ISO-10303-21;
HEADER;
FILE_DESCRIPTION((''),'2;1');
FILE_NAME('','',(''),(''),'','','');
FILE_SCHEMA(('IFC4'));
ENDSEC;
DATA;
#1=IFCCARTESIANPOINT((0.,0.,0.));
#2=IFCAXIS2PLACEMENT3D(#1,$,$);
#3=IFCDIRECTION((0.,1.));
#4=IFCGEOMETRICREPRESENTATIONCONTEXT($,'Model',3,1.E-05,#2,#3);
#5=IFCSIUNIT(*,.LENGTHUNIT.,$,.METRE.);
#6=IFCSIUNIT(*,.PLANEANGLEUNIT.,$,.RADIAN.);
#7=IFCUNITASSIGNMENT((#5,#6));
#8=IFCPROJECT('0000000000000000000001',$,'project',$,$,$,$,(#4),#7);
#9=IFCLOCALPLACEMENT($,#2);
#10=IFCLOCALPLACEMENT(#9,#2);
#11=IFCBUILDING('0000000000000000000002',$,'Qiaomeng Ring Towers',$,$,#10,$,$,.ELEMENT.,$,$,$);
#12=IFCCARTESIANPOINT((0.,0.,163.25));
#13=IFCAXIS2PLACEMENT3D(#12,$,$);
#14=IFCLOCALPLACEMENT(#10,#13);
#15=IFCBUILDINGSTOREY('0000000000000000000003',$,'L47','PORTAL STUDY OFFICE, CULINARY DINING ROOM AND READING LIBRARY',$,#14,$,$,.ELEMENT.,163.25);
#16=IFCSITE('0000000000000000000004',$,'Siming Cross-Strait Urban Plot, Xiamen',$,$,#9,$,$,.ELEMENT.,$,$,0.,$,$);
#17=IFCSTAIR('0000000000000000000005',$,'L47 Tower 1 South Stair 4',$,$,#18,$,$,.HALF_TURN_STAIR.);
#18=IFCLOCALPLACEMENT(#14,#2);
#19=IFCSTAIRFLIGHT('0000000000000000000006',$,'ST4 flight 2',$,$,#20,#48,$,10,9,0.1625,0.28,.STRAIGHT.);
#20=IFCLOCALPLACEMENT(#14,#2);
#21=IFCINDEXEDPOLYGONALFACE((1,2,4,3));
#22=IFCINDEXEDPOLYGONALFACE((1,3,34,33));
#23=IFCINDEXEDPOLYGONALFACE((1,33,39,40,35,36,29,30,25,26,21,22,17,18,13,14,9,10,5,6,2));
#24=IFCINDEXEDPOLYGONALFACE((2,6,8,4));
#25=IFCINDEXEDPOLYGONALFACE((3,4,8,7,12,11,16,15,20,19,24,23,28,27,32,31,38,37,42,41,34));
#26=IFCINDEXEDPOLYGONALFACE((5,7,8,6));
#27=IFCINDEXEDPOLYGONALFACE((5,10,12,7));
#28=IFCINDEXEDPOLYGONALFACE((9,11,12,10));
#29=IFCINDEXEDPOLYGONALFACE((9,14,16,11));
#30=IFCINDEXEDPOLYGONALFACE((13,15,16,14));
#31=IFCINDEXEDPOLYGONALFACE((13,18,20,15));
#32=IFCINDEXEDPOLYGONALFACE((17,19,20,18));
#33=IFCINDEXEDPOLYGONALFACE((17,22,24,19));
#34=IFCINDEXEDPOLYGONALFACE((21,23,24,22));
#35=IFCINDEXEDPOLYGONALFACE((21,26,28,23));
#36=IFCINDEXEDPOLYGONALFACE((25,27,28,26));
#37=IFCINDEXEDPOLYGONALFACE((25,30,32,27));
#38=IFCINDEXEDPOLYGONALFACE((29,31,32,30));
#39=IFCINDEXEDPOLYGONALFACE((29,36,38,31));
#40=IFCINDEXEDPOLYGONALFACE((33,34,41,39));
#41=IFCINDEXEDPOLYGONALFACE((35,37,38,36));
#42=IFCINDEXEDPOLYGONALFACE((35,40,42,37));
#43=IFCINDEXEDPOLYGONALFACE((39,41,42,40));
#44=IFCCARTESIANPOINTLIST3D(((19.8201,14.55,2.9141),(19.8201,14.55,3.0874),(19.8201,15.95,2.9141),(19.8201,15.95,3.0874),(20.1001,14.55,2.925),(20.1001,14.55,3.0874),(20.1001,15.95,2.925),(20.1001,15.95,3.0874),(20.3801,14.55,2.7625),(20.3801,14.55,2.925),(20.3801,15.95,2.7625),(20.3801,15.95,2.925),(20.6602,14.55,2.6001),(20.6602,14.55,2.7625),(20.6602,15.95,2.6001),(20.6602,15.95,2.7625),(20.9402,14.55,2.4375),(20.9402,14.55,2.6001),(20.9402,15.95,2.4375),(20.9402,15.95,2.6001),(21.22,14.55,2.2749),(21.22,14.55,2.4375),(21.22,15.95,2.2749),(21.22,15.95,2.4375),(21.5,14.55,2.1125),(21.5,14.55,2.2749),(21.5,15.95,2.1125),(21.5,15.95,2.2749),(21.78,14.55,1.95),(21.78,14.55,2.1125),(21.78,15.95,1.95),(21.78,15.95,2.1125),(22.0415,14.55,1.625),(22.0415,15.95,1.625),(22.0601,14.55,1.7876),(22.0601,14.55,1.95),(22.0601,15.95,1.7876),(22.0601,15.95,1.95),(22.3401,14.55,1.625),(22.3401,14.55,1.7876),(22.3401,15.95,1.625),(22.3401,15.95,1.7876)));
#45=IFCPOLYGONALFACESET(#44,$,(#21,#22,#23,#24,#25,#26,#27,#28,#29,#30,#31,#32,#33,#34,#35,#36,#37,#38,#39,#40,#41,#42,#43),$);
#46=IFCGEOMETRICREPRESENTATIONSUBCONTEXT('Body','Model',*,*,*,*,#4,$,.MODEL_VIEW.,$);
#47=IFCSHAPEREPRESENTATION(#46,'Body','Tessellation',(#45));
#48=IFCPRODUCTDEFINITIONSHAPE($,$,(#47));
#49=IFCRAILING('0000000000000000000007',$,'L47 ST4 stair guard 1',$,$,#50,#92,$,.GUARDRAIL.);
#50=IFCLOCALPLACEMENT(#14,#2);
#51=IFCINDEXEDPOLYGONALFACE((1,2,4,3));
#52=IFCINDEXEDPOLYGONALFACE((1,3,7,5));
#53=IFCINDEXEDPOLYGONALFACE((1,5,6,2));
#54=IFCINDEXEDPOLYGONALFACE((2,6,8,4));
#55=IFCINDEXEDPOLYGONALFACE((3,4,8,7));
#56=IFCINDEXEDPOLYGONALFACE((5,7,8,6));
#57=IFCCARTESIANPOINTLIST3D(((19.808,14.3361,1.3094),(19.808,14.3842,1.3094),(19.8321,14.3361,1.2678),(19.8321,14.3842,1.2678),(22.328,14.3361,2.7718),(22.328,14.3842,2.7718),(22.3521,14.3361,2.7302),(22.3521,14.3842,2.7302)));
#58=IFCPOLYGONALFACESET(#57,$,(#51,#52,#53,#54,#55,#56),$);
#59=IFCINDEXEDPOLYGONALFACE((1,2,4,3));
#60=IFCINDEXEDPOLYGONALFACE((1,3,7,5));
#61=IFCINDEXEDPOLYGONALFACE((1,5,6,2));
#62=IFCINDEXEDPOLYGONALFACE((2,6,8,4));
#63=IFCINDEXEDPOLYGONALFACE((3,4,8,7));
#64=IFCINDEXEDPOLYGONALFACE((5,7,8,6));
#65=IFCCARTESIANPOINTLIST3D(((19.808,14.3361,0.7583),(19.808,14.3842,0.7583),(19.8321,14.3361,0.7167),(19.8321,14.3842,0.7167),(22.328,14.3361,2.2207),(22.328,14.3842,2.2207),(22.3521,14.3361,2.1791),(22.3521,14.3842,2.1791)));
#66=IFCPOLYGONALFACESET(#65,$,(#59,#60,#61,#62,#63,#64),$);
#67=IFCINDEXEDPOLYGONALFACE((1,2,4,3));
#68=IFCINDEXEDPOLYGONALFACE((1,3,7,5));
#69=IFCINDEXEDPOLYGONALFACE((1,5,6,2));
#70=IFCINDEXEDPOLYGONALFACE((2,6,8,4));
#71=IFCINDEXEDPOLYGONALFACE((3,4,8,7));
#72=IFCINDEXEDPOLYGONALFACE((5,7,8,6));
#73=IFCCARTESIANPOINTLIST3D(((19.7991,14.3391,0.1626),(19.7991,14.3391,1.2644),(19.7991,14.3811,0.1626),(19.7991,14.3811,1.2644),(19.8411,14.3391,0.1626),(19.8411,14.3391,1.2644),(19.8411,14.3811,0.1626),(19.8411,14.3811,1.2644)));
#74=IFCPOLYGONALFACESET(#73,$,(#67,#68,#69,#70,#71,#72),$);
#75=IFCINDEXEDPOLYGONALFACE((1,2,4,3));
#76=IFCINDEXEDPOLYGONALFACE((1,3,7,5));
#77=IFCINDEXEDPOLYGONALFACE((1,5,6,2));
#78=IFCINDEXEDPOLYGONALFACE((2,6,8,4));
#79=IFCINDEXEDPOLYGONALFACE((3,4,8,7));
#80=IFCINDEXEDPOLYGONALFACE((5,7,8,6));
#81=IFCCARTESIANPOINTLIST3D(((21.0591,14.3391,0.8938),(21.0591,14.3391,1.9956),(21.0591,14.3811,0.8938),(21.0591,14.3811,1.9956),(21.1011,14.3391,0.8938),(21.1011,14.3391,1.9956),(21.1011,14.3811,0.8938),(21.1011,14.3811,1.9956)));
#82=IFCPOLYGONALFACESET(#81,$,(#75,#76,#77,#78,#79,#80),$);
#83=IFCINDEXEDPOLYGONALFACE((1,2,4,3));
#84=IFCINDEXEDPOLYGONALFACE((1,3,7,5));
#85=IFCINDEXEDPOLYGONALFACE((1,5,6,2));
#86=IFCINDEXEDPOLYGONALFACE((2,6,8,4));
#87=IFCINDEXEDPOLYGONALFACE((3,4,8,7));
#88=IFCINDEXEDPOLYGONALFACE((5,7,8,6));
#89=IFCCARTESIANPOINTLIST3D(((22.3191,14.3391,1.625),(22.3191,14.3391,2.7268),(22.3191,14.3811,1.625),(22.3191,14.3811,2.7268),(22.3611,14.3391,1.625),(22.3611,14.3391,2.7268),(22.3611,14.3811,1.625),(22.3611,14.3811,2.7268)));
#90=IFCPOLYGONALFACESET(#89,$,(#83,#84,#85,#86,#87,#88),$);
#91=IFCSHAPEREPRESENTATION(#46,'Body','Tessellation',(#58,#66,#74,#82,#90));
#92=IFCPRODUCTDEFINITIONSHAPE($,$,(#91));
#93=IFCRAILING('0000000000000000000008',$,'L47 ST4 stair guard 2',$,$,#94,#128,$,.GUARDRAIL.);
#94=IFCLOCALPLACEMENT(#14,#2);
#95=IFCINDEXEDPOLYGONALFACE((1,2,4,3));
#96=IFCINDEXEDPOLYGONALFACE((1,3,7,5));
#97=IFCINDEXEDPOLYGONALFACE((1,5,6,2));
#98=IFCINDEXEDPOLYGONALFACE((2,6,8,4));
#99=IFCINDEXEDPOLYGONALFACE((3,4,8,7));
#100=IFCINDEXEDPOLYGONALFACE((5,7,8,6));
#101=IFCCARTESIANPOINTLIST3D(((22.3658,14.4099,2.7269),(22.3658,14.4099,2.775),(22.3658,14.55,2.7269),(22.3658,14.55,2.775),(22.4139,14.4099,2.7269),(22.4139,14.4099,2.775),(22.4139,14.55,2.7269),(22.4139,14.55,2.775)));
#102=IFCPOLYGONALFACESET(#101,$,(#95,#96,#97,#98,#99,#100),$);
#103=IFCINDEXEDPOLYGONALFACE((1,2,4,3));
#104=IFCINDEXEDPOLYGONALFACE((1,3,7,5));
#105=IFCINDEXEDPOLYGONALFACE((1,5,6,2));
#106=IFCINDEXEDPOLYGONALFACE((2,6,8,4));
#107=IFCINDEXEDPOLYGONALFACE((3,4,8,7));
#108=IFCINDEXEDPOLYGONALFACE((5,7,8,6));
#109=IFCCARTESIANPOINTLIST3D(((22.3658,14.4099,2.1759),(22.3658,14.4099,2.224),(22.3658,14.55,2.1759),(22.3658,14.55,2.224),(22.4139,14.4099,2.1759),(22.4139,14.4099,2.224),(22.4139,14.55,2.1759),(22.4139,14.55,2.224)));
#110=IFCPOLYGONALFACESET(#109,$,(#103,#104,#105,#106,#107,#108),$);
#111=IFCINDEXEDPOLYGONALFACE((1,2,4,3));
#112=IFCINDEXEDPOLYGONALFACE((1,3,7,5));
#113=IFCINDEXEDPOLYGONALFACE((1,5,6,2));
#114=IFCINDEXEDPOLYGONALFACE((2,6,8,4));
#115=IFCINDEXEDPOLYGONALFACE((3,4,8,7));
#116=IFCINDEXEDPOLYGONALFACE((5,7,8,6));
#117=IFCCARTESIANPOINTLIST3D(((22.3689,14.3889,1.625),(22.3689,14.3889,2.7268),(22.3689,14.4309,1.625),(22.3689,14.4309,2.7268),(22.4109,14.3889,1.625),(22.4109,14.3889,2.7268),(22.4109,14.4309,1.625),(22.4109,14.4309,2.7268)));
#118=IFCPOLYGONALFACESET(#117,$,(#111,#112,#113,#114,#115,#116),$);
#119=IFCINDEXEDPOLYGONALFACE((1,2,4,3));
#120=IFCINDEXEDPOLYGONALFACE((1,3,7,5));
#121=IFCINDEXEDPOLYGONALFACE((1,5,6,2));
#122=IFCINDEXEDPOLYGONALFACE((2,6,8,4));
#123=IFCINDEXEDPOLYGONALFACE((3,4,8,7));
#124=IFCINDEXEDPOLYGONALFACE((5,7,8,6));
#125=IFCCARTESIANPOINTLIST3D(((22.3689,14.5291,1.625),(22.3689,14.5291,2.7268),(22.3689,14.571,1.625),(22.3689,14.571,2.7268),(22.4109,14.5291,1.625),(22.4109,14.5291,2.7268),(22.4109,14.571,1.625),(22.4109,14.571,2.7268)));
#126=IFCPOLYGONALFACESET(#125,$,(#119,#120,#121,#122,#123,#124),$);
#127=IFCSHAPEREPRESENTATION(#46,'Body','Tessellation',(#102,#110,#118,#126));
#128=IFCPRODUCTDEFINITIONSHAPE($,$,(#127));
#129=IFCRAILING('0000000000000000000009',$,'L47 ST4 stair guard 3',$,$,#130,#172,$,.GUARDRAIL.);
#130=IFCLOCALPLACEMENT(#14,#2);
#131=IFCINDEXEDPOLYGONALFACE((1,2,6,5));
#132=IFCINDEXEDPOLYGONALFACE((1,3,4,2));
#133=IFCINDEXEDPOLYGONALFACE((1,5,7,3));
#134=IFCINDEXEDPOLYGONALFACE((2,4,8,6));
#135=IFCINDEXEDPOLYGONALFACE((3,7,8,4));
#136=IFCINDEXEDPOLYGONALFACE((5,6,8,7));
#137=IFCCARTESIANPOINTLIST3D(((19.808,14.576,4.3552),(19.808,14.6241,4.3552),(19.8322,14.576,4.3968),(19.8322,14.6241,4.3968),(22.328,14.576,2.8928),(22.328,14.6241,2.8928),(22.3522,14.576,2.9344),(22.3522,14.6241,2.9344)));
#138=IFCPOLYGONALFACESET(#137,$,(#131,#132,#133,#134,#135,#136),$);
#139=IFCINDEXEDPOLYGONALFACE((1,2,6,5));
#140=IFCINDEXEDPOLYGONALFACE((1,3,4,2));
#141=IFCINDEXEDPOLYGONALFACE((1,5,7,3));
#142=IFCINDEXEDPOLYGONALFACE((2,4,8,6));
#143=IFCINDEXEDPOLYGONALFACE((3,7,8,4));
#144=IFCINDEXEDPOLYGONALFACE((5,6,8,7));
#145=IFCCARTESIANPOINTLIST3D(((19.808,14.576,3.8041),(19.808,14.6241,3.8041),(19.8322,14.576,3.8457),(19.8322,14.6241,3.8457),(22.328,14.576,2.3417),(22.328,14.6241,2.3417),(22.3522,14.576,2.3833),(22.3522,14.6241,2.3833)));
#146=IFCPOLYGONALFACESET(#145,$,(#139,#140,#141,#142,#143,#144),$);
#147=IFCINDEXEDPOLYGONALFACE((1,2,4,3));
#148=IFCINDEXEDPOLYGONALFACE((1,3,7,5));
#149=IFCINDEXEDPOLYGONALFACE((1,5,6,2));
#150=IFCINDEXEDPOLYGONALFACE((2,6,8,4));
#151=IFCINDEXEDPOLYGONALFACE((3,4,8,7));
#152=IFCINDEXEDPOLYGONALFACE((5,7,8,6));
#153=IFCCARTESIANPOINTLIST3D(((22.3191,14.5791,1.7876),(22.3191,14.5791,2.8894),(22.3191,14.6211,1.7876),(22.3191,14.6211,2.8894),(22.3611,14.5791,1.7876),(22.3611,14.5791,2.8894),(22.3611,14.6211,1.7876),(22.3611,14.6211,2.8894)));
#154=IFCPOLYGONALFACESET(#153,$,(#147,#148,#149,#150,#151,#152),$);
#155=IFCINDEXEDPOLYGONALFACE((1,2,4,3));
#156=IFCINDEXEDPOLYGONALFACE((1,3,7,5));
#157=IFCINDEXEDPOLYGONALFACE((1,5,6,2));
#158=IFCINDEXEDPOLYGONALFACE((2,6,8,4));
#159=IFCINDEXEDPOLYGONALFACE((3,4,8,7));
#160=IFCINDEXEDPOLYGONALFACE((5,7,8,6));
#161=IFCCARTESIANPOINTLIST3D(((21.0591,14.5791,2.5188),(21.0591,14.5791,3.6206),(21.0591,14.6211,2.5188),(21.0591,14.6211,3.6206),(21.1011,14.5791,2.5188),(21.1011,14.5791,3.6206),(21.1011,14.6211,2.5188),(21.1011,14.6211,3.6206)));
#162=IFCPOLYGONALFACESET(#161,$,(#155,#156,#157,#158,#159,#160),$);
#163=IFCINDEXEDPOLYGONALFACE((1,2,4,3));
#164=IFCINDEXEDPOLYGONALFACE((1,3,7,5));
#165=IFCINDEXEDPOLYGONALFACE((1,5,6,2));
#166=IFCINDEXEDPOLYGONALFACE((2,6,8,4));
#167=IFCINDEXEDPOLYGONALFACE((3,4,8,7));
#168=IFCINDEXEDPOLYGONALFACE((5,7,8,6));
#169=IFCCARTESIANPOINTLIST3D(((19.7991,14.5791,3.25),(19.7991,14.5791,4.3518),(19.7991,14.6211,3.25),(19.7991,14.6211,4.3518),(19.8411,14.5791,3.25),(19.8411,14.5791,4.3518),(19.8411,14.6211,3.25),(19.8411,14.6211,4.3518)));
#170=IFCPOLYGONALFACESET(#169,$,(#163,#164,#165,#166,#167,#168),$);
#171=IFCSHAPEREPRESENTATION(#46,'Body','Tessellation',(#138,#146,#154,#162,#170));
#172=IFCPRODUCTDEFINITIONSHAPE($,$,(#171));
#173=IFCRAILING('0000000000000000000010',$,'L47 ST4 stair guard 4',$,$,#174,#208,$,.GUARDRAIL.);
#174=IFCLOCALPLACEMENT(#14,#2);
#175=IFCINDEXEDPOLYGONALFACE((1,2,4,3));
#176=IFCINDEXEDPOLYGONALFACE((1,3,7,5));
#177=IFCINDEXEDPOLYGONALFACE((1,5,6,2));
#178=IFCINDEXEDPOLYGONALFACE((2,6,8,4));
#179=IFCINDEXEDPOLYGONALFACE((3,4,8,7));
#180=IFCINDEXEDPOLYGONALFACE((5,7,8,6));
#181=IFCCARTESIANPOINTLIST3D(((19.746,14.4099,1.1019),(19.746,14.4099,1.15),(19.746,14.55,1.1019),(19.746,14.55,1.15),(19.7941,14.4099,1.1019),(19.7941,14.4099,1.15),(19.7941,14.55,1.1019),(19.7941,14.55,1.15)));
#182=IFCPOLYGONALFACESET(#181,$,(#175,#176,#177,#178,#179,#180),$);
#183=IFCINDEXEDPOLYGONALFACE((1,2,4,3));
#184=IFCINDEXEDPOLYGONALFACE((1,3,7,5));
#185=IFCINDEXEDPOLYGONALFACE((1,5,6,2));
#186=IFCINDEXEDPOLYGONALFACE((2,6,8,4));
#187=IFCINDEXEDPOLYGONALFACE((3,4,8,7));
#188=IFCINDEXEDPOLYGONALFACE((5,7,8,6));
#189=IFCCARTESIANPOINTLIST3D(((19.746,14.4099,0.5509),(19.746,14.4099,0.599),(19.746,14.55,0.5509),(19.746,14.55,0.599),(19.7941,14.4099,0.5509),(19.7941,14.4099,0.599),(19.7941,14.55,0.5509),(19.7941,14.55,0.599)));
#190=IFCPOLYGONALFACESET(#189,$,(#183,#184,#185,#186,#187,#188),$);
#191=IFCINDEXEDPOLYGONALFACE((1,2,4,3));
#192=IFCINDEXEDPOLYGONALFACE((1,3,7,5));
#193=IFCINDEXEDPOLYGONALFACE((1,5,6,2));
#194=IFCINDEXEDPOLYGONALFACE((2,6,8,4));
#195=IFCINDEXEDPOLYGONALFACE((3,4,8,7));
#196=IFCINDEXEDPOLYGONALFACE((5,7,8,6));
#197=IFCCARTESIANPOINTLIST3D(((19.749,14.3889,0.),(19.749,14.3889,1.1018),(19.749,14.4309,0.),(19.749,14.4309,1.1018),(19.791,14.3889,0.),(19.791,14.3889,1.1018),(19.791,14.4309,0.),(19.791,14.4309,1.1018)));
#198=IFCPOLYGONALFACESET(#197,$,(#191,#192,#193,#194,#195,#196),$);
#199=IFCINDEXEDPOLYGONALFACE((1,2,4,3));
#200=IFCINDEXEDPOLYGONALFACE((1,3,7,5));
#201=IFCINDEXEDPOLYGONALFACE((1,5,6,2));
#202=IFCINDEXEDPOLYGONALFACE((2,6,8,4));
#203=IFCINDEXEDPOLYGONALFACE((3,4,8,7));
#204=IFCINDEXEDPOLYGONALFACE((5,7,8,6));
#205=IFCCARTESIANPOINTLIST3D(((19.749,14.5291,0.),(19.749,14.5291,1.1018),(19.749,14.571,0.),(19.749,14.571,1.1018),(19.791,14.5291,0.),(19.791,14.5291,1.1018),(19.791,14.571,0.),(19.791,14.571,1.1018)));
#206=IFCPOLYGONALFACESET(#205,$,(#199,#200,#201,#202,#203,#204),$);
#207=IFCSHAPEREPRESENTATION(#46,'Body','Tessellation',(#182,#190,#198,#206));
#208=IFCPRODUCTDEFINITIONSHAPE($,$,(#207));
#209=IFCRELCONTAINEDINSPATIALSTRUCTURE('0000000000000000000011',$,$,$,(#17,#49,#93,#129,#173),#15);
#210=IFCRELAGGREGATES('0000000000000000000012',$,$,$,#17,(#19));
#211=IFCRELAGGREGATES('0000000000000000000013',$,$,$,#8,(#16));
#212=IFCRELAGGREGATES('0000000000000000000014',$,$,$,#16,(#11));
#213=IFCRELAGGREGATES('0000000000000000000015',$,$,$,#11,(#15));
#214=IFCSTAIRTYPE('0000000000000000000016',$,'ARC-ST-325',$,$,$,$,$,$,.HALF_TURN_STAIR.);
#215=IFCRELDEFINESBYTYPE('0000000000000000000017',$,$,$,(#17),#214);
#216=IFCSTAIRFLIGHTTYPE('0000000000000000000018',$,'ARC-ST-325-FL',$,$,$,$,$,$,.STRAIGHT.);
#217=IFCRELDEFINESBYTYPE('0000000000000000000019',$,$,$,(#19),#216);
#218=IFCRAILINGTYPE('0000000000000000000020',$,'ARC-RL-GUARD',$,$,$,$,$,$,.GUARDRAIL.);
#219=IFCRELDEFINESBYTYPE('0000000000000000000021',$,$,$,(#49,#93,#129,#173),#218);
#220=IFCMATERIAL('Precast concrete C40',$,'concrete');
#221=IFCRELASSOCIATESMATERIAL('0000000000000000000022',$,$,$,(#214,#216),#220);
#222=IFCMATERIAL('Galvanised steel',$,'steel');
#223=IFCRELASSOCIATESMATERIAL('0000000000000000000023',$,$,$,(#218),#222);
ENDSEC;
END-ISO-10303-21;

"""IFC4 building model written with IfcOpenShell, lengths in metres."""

from ifc_helpers import new_model, si_unit, direction, frame, origin, origin_2d, place, context, subcontext, project, spatial, polyline, rectangle, outline, extrude, source, transform, mapped, material, type_object, element, aggregate, save


model = new_model("IFC4")

# Units and contexts
model_context = context("Model", 3, precision=1e-05, world=origin(), true_north=direction((0.0, 1.0)))
body_context = subcontext(model_context, "Body", "Model", "MODEL_VIEW")
ifc_project = project(units=[si_unit("LENGTHUNIT", "METRE"), si_unit("PLANEANGLEUNIT", "RADIAN")], contexts=[model_context])

# Site, building, storey
site_placement = place(None, origin())
site = spatial("IfcSite", under=ifc_project, at=site_placement, Name="Siming Cross-Strait Urban Plot, Xiamen", CompositionType="ELEMENT", RefElevation=0.0)
building_placement = place(site_placement, origin())
building = spatial("IfcBuilding", under=site, at=building_placement, Name="Qiaomeng Ring Towers", CompositionType="ELEMENT")
storey_placement = place(building_placement, frame((0.0, 0.0, 163.25)))
storey = spatial("IfcBuildingStorey", under=building, at=storey_placement, Name="L47", Description="PORTAL STUDY OFFICE, CULINARY DINING ROOM AND READING LIBRARY", CompositionType="ELEMENT", Elevation=163.25)

# Shared definitions
ifc_material_1 = material(Name="Galvanised steel", Category="steel")

# Stair, stair flight
ifc_material_2 = material(Name="Precast concrete C40", Category="concrete")
stair_type = type_object("IfcStairType", Name="ARC-ST-325", PredefinedType="HALF_TURN_STAIR", material=ifc_material_2)
stair_placement = place(storey_placement, origin())
stair = element("IfcStair", 1, at=stair_placement, inside=storey, type_object=stair_type, Name="L47 Tower 1 South Stair 4", PredefinedType="HALF_TURN_STAIR")
stair_flight_type = type_object("IfcStairFlightType", Name="ARC-ST-325-FL", PredefinedType="STRAIGHT", material=ifc_material_2)
shared_shape_1 = source(origin(), body_context, "Body", "SweptSolid", [
    extrude(outline(polyline([(0.0, 0.0), (0.0, 0.1626), (0.28, 0.1626), (0.28, 0.325), (0.5601, 0.325), (0.5601, 0.4875), (0.8401, 0.4875), (0.8401, 0.6499), (1.1201, 0.6499), (1.1201, 0.8125), (1.3999, 0.8125), (1.3999, 0.9751), (1.6799, 0.9751), (1.6799, 1.1375), (1.96, 1.1375), (1.96, 1.3), (2.24, 1.3), (2.24, 1.4624), (2.52, 1.4624), (2.52, 1.625), (2.52, 1.2891), (0.2986, 0.0), (0.0, 0.0)])), frame((0.0, 0.7, 0.0), z_axis=(0.0, -1.0, 0.0), x_axis=(1.0, 0.0, 0.0)), (0.0, 0.0, 1.0), 1.3999),
])
stair_flight_1_placement = place(storey_placement, frame((22.3401, 15.25, 1.625), z_axis=(0.0, 0.0, 1.0), x_axis=(-1.0, 0.0, 0.0)))
stair_flight_1 = element("IfcStairFlight", 2, at=stair_flight_1_placement, type_object=stair_flight_type, Name="ST4 flight 2", NumberOfRisers=10, NumberOfTreads=9, PredefinedType="STRAIGHT", RiserHeight=0.1625, TreadLength=0.28, context=body_context, shape_type="MappedRepresentation", body=[
    mapped(shared_shape_1, transform((0.0, 0.0, 0.0), x_axis=(1.0, 0.0, 0.0), y_axis=(0.0, 1.0, 0.0), z_axis=(0.0, 0.0, 1.0), scale=1.0)),
])
aggregate(stair, [stair_flight_1])

# Railings
railing_type_1 = type_object("IfcRailingType", Name="ARC-RL-GUARD", PredefinedType="GUARDRAIL", material=ifc_material_1)
railing_1_placement = place(storey_placement, frame((19.8201, 14.3601, 0.1626)))
element("IfcRailing", 3, at=railing_1_placement, inside=storey, type_object=railing_type_1, Name="L47 ST4 stair guard 1", PredefinedType="GUARDRAIL", context=body_context, shape_type="SweptSolid", body=[
    extrude(rectangle(XDim=0.0481, YDim=0.0481, at=origin_2d()), frame((0.0, 0.0, 1.126), z_axis=(0.864913, 0.0, 0.501921), x_axis=(0.0, 1.0, 0.0)), (0.0, 0.0, 1.0), 2.9136),
    extrude(rectangle(XDim=0.0481, YDim=0.0481, at=origin_2d()), frame((0.0, 0.0, 0.575), z_axis=(0.864913, 0.0, 0.501921), x_axis=(0.0, 1.0, 0.0)), (0.0, 0.0, 1.0), 2.9136),
    extrude(rectangle(XDim=0.042, YDim=0.042, at=origin_2d()), origin(), (0.0, 0.0, 1.0), 1.1018),
    extrude(rectangle(XDim=0.042, YDim=0.042, at=origin_2d()), frame((1.26, 0.0, 0.7312)), (0.0, 0.0, 1.0), 1.1018),
    extrude(rectangle(XDim=0.042, YDim=0.042, at=origin_2d()), frame((2.52, 0.0, 1.4624)), (0.0, 0.0, 1.0), 1.1018),
])
railing_2_placement = place(storey_placement, frame((22.3899, 14.4099, 1.625)))
element("IfcRailing", 4, at=railing_2_placement, inside=storey, type_object=railing_type_1, Name="L47 ST4 stair guard 2", PredefinedType="GUARDRAIL", context=body_context, shape_type="SweptSolid", body=[
    extrude(rectangle(XDim=0.0481, YDim=0.0481, at=origin_2d()), frame((0.0, 0.0, 1.126), z_axis=(0.0, 1.0, 0.0), x_axis=(-1.0, 0.0, 0.0)), (0.0, 0.0, 1.0), 0.1401),
    extrude(rectangle(XDim=0.0481, YDim=0.0481, at=origin_2d()), frame((0.0, 0.0, 0.575), z_axis=(0.0, 1.0, 0.0), x_axis=(-1.0, 0.0, 0.0)), (0.0, 0.0, 1.0), 0.1401),
    extrude(rectangle(XDim=0.042, YDim=0.042, at=origin_2d()), origin(), (0.0, 0.0, 1.0), 1.1018),
    extrude(rectangle(XDim=0.042, YDim=0.042, at=origin_2d()), frame((0.0, 0.1401, 0.0)), (0.0, 0.0, 1.0), 1.1018),
])
railing_3_placement = place(storey_placement, frame((22.3401, 14.6001, 1.7876)))
element("IfcRailing", 5, at=railing_3_placement, inside=storey, type_object=railing_type_1, Name="L47 ST4 stair guard 3", PredefinedType="GUARDRAIL", context=body_context, shape_type="SweptSolid", body=[
    extrude(rectangle(XDim=0.0481, YDim=0.0481, at=origin_2d()), frame((0.0, 0.0, 1.126), z_axis=(-0.864913, 0.0, 0.501921), x_axis=(0.0, -1.0, 0.0)), (0.0, 0.0, 1.0), 2.9136),
    extrude(rectangle(XDim=0.0481, YDim=0.0481, at=origin_2d()), frame((0.0, 0.0, 0.575), z_axis=(-0.864913, 0.0, 0.501921), x_axis=(0.0, -1.0, 0.0)), (0.0, 0.0, 1.0), 2.9136),
    extrude(rectangle(XDim=0.042, YDim=0.042, at=origin_2d()), origin(), (0.0, 0.0, 1.0), 1.1018),
    extrude(rectangle(XDim=0.042, YDim=0.042, at=origin_2d()), frame((-1.26, 0.0, 0.7312)), (0.0, 0.0, 1.0), 1.1018),
    extrude(rectangle(XDim=0.042, YDim=0.042, at=origin_2d()), frame((-2.52, 0.0, 1.4624)), (0.0, 0.0, 1.0), 1.1018),
])
railing_4_placement = place(storey_placement, frame((19.77, 14.4099, 0.0)))
element("IfcRailing", 6, at=railing_4_placement, inside=storey, type_object=railing_type_1, Name="L47 ST4 stair guard 4", PredefinedType="GUARDRAIL", context=body_context, shape_type="SweptSolid", body=[
    extrude(rectangle(XDim=0.0481, YDim=0.0481, at=origin_2d()), frame((0.0, 0.0, 1.126), z_axis=(0.0, 1.0, 0.0), x_axis=(-1.0, 0.0, 0.0)), (0.0, 0.0, 1.0), 0.1401),
    extrude(rectangle(XDim=0.0481, YDim=0.0481, at=origin_2d()), frame((0.0, 0.0, 0.575), z_axis=(0.0, 1.0, 0.0), x_axis=(-1.0, 0.0, 0.0)), (0.0, 0.0, 1.0), 0.1401),
    extrude(rectangle(XDim=0.042, YDim=0.042, at=origin_2d()), origin(), (0.0, 0.0, 1.0), 1.1018),
    extrude(rectangle(XDim=0.042, YDim=0.042, at=origin_2d()), frame((0.0, 0.1401, 0.0)), (0.0, 0.0, 1.0), 1.1018),
])

save(model, "model.ifc")
